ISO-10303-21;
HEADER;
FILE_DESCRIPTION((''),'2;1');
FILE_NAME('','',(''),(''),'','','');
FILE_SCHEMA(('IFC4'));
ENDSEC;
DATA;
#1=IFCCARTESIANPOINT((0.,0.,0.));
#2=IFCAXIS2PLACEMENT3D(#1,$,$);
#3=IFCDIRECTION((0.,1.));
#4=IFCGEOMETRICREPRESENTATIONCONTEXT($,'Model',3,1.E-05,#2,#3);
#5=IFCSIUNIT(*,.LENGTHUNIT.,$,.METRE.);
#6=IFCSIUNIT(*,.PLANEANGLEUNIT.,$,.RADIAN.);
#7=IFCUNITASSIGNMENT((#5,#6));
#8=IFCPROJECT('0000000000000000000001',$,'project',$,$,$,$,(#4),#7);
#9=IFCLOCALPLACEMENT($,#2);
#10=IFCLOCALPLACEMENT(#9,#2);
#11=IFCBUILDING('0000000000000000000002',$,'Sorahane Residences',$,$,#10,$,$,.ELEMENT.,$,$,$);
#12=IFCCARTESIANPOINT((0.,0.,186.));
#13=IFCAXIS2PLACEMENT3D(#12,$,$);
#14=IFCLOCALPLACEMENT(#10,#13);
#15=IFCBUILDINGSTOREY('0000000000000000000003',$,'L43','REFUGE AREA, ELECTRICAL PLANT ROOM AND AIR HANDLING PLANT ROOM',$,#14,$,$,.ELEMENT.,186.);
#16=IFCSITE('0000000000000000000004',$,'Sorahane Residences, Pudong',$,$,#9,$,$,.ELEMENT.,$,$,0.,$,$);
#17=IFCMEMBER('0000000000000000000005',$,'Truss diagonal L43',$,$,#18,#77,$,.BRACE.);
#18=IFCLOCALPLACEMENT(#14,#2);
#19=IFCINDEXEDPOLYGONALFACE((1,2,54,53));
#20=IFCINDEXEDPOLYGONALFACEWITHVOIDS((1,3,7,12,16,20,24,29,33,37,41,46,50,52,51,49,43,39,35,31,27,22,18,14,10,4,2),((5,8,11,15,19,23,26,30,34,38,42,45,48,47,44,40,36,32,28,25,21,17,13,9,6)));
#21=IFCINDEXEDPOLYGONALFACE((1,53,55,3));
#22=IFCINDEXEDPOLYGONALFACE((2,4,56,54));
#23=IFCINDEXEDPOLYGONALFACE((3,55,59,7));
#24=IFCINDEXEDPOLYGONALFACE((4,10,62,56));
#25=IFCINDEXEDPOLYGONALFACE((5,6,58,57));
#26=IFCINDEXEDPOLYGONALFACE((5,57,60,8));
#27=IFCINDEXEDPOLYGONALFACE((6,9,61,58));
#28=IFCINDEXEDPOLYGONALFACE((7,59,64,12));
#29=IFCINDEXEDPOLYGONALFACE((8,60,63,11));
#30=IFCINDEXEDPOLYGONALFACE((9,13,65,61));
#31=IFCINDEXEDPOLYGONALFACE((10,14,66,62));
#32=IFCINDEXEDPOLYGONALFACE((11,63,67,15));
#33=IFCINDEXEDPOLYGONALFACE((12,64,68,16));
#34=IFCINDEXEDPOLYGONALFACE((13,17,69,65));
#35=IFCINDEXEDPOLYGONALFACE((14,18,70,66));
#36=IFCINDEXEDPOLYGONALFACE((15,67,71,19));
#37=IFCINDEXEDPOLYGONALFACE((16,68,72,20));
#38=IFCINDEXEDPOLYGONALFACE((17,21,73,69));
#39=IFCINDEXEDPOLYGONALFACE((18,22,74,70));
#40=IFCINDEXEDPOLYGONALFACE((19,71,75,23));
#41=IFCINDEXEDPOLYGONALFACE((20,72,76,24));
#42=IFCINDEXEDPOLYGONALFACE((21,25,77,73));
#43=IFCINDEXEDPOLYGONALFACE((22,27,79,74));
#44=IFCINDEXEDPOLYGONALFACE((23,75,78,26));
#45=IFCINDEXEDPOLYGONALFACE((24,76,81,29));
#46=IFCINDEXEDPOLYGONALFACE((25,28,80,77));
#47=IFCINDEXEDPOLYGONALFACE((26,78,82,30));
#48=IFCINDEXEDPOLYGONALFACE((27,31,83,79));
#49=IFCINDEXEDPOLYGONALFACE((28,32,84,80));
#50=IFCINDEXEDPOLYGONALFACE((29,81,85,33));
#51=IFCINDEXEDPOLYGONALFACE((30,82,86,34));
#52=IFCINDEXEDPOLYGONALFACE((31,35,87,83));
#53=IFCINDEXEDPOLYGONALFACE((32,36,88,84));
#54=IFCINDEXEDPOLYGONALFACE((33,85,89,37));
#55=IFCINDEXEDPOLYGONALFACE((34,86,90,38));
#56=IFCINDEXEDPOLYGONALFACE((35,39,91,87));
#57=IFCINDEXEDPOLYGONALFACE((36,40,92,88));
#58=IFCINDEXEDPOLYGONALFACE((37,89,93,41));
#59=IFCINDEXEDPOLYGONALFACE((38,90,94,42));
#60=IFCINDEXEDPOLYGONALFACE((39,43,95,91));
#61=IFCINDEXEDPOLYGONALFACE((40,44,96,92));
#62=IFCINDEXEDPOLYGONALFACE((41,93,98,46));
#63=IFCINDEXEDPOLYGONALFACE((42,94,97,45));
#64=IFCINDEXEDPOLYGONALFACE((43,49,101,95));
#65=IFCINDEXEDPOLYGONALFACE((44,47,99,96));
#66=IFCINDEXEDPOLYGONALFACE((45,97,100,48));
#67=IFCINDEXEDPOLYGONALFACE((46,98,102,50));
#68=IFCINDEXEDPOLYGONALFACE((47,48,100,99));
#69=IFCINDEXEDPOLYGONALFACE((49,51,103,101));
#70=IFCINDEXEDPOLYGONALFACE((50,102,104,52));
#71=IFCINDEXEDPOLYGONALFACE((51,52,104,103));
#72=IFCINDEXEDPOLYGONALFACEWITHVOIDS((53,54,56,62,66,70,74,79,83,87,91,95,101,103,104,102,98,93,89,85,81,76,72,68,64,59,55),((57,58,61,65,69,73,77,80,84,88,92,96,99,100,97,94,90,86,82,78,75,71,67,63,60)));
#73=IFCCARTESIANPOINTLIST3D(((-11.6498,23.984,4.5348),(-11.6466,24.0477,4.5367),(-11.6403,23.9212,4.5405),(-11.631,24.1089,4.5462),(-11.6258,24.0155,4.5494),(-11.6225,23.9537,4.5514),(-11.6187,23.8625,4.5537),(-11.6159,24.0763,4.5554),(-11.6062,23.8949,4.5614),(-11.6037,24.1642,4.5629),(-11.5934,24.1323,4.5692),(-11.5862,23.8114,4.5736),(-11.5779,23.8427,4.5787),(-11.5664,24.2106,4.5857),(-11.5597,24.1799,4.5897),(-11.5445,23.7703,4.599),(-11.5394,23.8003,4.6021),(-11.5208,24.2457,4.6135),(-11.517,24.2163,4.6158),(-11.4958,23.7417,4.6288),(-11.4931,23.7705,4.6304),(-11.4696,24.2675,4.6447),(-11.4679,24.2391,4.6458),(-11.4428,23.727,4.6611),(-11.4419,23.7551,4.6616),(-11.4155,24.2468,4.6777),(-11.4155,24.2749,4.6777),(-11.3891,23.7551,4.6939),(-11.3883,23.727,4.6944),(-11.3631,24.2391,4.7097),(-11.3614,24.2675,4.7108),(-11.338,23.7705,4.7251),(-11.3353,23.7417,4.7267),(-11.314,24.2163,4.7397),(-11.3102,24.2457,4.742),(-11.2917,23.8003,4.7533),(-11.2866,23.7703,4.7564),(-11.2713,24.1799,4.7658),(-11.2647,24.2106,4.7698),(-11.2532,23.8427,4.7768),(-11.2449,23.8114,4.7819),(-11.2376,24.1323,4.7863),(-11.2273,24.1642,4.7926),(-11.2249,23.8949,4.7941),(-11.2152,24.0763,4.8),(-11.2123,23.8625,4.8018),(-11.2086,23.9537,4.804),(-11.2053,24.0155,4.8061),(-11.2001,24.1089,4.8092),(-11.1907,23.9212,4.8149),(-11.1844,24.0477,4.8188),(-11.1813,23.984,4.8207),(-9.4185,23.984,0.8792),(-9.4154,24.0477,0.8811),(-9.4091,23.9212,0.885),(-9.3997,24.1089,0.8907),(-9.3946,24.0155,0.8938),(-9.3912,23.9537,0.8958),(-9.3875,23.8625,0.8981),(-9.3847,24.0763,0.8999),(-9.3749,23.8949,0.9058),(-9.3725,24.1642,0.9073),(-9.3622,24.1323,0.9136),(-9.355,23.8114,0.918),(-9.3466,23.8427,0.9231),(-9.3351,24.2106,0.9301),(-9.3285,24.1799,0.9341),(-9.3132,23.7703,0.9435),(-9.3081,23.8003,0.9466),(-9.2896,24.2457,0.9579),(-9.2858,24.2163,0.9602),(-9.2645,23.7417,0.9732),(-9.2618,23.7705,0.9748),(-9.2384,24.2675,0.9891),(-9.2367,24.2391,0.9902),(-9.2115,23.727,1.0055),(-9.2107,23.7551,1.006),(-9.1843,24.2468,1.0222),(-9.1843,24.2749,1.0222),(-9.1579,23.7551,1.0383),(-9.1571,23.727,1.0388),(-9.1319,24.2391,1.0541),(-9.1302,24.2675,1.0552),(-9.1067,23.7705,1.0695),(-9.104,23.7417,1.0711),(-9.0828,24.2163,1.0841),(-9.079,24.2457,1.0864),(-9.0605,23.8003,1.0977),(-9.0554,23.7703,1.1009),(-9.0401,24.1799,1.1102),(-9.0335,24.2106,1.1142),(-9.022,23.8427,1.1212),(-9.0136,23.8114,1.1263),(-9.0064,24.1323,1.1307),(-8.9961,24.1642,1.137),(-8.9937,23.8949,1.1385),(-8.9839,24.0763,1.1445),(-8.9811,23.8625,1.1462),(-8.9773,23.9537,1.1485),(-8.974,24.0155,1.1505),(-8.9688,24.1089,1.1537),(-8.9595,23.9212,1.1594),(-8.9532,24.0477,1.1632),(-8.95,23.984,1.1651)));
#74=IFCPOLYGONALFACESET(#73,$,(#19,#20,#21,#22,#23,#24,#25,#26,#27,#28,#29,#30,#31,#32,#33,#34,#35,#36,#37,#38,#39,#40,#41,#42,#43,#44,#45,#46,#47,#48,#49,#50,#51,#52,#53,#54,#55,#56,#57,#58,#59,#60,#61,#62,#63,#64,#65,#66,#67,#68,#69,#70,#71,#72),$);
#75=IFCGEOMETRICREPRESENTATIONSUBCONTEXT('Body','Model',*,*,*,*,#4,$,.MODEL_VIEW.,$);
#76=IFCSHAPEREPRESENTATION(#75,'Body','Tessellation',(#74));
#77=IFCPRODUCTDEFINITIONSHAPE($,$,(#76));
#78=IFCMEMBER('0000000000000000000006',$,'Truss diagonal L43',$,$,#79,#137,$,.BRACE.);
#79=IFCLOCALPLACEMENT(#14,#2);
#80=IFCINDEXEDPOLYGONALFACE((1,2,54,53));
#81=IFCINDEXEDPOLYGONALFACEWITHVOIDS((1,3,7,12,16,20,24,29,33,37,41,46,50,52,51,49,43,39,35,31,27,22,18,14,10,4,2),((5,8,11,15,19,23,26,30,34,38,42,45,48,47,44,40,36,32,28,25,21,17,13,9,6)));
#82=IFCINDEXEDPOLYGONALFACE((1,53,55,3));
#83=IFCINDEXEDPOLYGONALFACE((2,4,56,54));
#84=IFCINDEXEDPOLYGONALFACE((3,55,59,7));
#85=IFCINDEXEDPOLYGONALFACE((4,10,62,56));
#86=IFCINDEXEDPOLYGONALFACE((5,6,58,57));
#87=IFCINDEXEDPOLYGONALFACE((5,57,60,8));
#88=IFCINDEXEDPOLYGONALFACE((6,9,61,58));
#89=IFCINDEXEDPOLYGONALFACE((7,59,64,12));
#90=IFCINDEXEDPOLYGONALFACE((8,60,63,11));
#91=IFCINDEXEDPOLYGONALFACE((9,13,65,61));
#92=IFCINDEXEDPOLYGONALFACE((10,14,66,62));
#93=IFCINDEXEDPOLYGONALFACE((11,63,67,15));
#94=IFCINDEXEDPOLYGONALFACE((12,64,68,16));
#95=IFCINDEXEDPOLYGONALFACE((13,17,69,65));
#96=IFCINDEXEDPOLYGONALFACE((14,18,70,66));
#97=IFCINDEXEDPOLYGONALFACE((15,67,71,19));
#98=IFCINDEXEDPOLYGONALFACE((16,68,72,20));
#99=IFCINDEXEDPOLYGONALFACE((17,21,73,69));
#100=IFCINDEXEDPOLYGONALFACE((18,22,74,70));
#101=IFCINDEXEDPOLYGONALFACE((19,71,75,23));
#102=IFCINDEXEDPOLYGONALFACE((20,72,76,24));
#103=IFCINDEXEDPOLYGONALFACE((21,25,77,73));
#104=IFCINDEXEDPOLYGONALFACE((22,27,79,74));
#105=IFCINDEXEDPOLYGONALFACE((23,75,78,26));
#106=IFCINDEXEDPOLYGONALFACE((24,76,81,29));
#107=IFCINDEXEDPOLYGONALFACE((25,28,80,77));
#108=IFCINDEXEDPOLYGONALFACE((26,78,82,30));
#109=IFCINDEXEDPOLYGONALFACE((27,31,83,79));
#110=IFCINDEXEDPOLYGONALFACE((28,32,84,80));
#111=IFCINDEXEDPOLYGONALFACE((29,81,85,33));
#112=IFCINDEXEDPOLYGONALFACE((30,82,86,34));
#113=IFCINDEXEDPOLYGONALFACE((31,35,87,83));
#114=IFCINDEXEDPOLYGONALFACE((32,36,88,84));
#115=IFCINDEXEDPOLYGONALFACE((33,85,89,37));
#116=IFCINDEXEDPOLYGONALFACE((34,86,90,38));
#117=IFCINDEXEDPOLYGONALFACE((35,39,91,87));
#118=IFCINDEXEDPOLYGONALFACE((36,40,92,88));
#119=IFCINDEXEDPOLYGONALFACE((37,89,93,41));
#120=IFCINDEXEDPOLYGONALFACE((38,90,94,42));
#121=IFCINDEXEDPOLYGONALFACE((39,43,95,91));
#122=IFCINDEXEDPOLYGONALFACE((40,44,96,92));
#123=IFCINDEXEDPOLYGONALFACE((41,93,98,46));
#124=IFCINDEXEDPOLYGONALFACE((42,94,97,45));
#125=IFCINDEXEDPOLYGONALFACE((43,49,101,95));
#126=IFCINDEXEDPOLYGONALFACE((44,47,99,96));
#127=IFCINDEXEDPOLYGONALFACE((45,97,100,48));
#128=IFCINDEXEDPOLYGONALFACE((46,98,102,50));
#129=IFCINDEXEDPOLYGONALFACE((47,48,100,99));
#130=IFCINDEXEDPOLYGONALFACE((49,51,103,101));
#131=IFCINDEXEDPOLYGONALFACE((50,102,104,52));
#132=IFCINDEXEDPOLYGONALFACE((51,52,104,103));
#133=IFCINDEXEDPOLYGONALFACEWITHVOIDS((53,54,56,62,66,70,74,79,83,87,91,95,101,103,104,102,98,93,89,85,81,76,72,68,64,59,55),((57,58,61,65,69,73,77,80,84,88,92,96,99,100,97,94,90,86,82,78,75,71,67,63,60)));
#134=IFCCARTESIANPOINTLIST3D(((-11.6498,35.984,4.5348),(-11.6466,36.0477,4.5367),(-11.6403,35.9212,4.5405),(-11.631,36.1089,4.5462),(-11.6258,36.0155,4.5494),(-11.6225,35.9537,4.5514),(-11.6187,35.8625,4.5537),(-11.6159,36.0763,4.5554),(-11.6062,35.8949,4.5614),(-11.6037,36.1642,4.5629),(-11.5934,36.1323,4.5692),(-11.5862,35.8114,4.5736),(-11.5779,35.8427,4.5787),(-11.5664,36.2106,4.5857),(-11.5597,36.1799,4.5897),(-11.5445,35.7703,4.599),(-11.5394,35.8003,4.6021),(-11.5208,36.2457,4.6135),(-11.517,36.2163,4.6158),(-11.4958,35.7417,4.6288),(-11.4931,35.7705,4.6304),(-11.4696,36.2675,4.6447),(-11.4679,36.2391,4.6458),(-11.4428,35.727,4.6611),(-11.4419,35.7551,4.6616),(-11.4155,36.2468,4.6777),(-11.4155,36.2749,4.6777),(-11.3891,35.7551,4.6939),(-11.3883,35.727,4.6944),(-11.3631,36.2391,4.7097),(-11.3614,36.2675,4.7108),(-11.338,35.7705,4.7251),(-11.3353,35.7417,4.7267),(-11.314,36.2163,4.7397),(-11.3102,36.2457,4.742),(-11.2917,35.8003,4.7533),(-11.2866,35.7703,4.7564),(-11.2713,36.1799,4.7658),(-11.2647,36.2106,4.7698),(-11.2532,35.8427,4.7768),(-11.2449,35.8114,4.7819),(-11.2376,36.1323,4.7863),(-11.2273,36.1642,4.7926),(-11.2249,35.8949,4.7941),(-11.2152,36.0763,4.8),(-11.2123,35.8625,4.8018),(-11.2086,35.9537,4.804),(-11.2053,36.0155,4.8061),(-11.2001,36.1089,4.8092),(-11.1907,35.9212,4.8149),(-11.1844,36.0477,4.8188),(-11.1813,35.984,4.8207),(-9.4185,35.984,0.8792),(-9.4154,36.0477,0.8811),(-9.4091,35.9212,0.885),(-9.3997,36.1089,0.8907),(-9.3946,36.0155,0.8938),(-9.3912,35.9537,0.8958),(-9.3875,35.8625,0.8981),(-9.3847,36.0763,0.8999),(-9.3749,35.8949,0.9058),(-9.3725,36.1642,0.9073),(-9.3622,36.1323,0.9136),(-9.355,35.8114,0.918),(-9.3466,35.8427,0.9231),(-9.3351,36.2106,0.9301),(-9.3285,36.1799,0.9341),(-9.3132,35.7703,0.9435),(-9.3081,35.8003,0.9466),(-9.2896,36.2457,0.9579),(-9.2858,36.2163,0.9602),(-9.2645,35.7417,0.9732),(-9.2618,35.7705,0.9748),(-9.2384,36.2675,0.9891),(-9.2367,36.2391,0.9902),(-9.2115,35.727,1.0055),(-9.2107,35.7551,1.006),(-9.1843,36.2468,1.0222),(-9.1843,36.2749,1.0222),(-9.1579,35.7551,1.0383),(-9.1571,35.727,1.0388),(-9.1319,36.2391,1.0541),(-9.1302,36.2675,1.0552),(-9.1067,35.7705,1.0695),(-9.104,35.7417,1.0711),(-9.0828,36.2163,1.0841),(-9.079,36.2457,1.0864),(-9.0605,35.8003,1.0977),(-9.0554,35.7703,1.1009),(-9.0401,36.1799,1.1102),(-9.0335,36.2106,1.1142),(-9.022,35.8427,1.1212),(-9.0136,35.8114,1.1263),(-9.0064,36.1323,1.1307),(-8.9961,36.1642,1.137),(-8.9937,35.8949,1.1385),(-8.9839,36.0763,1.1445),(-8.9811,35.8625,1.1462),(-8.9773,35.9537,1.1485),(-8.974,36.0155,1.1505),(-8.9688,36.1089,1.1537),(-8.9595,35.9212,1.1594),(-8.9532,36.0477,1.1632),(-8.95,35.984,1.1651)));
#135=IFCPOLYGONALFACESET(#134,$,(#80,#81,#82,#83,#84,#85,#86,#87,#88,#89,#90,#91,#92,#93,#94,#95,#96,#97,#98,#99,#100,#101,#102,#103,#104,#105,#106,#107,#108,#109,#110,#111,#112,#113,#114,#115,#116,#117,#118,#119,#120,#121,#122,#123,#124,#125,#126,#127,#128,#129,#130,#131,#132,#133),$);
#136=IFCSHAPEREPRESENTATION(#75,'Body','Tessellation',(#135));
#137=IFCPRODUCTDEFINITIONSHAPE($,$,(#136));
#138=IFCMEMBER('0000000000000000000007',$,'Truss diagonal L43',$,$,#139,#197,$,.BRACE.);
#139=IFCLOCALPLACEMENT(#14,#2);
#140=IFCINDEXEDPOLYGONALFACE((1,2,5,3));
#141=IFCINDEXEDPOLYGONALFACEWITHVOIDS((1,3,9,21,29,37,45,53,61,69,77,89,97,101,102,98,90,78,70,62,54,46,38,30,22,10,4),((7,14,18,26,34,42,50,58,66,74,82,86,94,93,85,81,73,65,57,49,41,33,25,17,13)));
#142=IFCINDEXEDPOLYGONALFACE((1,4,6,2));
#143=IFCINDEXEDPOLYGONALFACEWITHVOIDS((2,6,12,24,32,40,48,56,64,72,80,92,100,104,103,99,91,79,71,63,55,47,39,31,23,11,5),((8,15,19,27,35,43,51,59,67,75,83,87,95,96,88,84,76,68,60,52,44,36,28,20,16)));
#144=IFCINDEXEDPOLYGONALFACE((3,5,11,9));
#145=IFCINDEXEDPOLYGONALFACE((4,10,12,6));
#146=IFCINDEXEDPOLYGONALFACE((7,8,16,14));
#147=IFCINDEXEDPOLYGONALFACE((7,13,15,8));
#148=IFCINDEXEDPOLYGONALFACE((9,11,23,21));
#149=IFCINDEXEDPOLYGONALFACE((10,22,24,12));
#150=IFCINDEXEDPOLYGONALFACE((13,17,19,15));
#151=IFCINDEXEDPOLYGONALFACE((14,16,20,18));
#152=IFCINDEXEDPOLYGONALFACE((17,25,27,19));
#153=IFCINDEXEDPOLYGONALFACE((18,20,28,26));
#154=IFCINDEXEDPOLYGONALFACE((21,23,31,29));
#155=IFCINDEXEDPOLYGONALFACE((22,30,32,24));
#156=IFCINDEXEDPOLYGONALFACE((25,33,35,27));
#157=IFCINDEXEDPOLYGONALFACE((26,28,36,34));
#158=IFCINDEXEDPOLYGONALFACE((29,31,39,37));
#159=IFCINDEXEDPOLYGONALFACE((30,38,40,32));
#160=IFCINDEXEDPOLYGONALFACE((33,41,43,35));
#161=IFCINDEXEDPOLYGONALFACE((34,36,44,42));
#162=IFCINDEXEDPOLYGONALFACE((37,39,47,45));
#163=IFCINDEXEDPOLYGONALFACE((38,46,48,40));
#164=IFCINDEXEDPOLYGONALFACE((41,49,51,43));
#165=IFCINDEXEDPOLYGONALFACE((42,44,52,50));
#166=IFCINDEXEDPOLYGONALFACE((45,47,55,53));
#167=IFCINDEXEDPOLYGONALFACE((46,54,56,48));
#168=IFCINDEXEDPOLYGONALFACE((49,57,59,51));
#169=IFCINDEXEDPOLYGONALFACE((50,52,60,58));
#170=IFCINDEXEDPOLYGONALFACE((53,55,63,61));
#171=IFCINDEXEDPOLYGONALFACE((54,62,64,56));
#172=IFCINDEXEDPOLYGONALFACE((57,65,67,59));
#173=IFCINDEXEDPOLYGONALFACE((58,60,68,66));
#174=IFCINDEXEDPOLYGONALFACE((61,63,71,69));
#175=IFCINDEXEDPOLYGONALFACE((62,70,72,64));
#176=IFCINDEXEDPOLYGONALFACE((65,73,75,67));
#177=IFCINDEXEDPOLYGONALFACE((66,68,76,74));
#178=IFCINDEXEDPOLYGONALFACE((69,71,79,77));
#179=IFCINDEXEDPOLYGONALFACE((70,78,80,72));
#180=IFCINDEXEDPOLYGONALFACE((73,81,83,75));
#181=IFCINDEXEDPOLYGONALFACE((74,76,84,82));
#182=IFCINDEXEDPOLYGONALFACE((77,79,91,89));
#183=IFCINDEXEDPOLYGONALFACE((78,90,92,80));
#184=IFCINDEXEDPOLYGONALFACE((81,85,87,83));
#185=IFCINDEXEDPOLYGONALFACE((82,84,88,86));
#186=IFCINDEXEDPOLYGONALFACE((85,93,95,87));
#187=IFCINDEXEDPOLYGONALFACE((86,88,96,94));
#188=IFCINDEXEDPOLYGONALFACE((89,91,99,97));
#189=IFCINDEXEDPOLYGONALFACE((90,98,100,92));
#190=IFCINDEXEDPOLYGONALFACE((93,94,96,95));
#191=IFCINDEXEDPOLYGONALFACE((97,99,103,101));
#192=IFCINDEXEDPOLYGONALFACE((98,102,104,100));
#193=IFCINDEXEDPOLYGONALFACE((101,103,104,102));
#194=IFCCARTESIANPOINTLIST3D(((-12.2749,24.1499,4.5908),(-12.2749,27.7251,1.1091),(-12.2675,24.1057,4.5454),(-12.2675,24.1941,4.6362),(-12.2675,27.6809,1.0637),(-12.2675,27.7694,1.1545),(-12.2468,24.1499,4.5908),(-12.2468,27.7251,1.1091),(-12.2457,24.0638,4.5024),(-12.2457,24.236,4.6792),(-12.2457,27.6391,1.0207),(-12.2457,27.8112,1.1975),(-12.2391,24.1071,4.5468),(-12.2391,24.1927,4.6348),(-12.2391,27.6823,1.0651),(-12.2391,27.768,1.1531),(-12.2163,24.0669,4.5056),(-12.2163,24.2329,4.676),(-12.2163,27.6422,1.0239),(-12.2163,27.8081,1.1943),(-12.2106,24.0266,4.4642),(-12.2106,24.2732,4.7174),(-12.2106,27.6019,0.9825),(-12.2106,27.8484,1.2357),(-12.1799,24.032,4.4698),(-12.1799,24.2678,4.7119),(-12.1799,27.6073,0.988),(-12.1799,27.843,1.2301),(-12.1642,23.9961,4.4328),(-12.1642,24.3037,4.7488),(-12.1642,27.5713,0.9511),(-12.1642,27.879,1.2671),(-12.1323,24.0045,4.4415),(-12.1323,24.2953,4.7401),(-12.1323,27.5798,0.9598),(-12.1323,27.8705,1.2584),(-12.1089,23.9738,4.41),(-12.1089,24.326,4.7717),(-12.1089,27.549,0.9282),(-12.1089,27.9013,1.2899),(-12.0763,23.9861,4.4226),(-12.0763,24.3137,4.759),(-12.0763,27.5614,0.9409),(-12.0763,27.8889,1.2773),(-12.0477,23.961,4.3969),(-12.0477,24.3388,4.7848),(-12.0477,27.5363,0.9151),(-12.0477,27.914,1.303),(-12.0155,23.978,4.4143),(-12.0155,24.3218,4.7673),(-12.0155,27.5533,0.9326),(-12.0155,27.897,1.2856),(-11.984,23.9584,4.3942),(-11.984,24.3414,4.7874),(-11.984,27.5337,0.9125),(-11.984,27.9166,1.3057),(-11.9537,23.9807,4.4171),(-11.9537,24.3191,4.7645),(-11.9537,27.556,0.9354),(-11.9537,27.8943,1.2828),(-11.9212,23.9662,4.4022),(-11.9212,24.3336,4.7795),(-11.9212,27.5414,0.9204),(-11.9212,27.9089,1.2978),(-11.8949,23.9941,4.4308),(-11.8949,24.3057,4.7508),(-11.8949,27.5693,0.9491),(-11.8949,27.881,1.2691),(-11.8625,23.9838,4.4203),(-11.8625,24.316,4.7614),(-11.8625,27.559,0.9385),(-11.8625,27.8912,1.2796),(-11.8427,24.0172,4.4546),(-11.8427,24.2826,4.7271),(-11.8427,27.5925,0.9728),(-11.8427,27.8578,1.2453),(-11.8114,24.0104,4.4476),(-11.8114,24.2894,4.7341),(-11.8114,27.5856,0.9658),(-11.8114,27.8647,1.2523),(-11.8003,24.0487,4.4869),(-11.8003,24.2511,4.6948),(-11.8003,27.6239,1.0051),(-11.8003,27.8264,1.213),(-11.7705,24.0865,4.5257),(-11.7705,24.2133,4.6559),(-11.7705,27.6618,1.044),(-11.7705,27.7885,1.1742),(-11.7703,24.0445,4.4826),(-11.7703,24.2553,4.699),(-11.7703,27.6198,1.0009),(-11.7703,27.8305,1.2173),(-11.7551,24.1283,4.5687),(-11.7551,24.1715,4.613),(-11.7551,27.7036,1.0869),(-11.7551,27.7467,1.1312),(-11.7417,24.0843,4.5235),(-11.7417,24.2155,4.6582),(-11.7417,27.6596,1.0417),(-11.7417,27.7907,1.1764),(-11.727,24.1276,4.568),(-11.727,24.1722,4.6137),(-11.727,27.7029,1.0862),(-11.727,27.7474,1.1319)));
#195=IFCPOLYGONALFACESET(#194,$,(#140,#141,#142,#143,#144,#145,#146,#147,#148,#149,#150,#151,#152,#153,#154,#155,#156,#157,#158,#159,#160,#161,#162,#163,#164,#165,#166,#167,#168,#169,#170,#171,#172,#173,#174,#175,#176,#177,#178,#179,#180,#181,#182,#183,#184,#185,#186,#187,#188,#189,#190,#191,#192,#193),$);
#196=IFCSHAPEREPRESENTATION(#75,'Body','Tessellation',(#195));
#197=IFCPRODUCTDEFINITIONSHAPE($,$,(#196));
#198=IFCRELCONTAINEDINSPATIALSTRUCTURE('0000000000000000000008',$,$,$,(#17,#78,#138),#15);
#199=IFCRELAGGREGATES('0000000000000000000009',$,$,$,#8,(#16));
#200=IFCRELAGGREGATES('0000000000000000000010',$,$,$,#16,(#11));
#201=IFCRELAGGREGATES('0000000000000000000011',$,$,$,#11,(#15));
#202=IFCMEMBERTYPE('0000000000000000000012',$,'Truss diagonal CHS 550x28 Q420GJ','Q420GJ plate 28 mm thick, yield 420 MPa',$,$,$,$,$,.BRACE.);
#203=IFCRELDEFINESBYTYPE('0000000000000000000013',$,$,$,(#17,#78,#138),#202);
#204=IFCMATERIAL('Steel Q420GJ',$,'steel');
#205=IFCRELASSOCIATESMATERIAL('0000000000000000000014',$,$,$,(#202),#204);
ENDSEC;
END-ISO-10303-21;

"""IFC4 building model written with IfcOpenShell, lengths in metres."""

from ifc_helpers import new_model, si_unit, direction, frame, origin, origin_2d, place, context, subcontext, project, spatial, hollow_circle, extrude, material, material_profile, profile_set, type_object, element, save


model = new_model("IFC4")

# Units and contexts
model_context = context("Model", 3, precision=1e-05, world=origin(), true_north=direction((0.0, 1.0)))
body_context = subcontext(model_context, "Body", "Model", "MODEL_VIEW")
ifc_project = project(units=[si_unit("LENGTHUNIT", "METRE"), si_unit("PLANEANGLEUNIT", "RADIAN")], contexts=[model_context])

# Site, building, storey
site_placement = place(None, origin())
site = spatial("IfcSite", under=ifc_project, at=site_placement, Name="Sorahane Residences, Pudong", CompositionType="ELEMENT", RefElevation=0.0)
building_placement = place(site_placement, origin())
building = spatial("IfcBuilding", under=site, at=building_placement, Name="Sorahane Residences", CompositionType="ELEMENT")
storey_placement = place(building_placement, frame((0.0, 0.0, 186.0)))
storey = spatial("IfcBuildingStorey", under=building, at=storey_placement, Name="L43", Description="REFUGE AREA, ELECTRICAL PLANT ROOM AND AIR HANDLING PLANT ROOM", CompositionType="ELEMENT", Elevation=186.0)

# Members
ifc_material_1 = material(Name="Steel Q420GJ", Category="steel")
ifc_material_profile_1 = material_profile(ifc_material_1, hollow_circle(Radius=0.2749, WallThickness=0.0281, at=origin_2d()), Name="CHS 550x28")
ifc_profile_set_1 = profile_set([ifc_material_profile_1], Name="Steel Q420GJ")
member_type = type_object("IfcMemberType", Name="Truss diagonal CHS 550x28 Q420GJ", Description="Q420GJ plate 28 mm thick, yield 420 MPa", PredefinedType="BRACE", material=ifc_profile_set_1)
for number, where, z_axis, x_axis, name in (
    (1, (-11.4155, 24.0, 4.6777), (0.520986, 0.0, -0.853565), (0.0, 1.0, 0.0), "Truss diagonal L43"),
    (2, (-11.4155, 36.0, 4.6777), (0.520986, 0.0, -0.853565), (0.0, 1.0, 0.0), "Truss diagonal L43"),
):
    element("IfcMember", number, at=place(storey_placement, frame(where, z_axis=z_axis, x_axis=x_axis)), inside=storey, type_object=member_type, Name=name, PredefinedType="BRACE", context=body_context, shape_type="SweptSolid", body=[
        extrude(hollow_circle(Radius=0.2749, WallThickness=0.0281, at=origin_2d()), origin(), (0.0, 0.0, 1.0), 4.2827),
    ])
member_1_placement = place(storey_placement, frame((-12.0, 24.1499, 4.5908), z_axis=(0.0, 0.716413, -0.697676), x_axis=(-1.0, 0.0, 0.0)))
element("IfcMember", 3, at=member_1_placement, inside=storey, type_object=member_type, Name="Truss diagonal L43", PredefinedType="BRACE", context=body_context, shape_type="SweptSolid", body=[
    extrude(hollow_circle(Radius=0.2749, WallThickness=0.0281, at=origin_2d()), origin(), (0.0, 0.0, 1.0), 4.9905),
])

save(model, "model.ifc")
